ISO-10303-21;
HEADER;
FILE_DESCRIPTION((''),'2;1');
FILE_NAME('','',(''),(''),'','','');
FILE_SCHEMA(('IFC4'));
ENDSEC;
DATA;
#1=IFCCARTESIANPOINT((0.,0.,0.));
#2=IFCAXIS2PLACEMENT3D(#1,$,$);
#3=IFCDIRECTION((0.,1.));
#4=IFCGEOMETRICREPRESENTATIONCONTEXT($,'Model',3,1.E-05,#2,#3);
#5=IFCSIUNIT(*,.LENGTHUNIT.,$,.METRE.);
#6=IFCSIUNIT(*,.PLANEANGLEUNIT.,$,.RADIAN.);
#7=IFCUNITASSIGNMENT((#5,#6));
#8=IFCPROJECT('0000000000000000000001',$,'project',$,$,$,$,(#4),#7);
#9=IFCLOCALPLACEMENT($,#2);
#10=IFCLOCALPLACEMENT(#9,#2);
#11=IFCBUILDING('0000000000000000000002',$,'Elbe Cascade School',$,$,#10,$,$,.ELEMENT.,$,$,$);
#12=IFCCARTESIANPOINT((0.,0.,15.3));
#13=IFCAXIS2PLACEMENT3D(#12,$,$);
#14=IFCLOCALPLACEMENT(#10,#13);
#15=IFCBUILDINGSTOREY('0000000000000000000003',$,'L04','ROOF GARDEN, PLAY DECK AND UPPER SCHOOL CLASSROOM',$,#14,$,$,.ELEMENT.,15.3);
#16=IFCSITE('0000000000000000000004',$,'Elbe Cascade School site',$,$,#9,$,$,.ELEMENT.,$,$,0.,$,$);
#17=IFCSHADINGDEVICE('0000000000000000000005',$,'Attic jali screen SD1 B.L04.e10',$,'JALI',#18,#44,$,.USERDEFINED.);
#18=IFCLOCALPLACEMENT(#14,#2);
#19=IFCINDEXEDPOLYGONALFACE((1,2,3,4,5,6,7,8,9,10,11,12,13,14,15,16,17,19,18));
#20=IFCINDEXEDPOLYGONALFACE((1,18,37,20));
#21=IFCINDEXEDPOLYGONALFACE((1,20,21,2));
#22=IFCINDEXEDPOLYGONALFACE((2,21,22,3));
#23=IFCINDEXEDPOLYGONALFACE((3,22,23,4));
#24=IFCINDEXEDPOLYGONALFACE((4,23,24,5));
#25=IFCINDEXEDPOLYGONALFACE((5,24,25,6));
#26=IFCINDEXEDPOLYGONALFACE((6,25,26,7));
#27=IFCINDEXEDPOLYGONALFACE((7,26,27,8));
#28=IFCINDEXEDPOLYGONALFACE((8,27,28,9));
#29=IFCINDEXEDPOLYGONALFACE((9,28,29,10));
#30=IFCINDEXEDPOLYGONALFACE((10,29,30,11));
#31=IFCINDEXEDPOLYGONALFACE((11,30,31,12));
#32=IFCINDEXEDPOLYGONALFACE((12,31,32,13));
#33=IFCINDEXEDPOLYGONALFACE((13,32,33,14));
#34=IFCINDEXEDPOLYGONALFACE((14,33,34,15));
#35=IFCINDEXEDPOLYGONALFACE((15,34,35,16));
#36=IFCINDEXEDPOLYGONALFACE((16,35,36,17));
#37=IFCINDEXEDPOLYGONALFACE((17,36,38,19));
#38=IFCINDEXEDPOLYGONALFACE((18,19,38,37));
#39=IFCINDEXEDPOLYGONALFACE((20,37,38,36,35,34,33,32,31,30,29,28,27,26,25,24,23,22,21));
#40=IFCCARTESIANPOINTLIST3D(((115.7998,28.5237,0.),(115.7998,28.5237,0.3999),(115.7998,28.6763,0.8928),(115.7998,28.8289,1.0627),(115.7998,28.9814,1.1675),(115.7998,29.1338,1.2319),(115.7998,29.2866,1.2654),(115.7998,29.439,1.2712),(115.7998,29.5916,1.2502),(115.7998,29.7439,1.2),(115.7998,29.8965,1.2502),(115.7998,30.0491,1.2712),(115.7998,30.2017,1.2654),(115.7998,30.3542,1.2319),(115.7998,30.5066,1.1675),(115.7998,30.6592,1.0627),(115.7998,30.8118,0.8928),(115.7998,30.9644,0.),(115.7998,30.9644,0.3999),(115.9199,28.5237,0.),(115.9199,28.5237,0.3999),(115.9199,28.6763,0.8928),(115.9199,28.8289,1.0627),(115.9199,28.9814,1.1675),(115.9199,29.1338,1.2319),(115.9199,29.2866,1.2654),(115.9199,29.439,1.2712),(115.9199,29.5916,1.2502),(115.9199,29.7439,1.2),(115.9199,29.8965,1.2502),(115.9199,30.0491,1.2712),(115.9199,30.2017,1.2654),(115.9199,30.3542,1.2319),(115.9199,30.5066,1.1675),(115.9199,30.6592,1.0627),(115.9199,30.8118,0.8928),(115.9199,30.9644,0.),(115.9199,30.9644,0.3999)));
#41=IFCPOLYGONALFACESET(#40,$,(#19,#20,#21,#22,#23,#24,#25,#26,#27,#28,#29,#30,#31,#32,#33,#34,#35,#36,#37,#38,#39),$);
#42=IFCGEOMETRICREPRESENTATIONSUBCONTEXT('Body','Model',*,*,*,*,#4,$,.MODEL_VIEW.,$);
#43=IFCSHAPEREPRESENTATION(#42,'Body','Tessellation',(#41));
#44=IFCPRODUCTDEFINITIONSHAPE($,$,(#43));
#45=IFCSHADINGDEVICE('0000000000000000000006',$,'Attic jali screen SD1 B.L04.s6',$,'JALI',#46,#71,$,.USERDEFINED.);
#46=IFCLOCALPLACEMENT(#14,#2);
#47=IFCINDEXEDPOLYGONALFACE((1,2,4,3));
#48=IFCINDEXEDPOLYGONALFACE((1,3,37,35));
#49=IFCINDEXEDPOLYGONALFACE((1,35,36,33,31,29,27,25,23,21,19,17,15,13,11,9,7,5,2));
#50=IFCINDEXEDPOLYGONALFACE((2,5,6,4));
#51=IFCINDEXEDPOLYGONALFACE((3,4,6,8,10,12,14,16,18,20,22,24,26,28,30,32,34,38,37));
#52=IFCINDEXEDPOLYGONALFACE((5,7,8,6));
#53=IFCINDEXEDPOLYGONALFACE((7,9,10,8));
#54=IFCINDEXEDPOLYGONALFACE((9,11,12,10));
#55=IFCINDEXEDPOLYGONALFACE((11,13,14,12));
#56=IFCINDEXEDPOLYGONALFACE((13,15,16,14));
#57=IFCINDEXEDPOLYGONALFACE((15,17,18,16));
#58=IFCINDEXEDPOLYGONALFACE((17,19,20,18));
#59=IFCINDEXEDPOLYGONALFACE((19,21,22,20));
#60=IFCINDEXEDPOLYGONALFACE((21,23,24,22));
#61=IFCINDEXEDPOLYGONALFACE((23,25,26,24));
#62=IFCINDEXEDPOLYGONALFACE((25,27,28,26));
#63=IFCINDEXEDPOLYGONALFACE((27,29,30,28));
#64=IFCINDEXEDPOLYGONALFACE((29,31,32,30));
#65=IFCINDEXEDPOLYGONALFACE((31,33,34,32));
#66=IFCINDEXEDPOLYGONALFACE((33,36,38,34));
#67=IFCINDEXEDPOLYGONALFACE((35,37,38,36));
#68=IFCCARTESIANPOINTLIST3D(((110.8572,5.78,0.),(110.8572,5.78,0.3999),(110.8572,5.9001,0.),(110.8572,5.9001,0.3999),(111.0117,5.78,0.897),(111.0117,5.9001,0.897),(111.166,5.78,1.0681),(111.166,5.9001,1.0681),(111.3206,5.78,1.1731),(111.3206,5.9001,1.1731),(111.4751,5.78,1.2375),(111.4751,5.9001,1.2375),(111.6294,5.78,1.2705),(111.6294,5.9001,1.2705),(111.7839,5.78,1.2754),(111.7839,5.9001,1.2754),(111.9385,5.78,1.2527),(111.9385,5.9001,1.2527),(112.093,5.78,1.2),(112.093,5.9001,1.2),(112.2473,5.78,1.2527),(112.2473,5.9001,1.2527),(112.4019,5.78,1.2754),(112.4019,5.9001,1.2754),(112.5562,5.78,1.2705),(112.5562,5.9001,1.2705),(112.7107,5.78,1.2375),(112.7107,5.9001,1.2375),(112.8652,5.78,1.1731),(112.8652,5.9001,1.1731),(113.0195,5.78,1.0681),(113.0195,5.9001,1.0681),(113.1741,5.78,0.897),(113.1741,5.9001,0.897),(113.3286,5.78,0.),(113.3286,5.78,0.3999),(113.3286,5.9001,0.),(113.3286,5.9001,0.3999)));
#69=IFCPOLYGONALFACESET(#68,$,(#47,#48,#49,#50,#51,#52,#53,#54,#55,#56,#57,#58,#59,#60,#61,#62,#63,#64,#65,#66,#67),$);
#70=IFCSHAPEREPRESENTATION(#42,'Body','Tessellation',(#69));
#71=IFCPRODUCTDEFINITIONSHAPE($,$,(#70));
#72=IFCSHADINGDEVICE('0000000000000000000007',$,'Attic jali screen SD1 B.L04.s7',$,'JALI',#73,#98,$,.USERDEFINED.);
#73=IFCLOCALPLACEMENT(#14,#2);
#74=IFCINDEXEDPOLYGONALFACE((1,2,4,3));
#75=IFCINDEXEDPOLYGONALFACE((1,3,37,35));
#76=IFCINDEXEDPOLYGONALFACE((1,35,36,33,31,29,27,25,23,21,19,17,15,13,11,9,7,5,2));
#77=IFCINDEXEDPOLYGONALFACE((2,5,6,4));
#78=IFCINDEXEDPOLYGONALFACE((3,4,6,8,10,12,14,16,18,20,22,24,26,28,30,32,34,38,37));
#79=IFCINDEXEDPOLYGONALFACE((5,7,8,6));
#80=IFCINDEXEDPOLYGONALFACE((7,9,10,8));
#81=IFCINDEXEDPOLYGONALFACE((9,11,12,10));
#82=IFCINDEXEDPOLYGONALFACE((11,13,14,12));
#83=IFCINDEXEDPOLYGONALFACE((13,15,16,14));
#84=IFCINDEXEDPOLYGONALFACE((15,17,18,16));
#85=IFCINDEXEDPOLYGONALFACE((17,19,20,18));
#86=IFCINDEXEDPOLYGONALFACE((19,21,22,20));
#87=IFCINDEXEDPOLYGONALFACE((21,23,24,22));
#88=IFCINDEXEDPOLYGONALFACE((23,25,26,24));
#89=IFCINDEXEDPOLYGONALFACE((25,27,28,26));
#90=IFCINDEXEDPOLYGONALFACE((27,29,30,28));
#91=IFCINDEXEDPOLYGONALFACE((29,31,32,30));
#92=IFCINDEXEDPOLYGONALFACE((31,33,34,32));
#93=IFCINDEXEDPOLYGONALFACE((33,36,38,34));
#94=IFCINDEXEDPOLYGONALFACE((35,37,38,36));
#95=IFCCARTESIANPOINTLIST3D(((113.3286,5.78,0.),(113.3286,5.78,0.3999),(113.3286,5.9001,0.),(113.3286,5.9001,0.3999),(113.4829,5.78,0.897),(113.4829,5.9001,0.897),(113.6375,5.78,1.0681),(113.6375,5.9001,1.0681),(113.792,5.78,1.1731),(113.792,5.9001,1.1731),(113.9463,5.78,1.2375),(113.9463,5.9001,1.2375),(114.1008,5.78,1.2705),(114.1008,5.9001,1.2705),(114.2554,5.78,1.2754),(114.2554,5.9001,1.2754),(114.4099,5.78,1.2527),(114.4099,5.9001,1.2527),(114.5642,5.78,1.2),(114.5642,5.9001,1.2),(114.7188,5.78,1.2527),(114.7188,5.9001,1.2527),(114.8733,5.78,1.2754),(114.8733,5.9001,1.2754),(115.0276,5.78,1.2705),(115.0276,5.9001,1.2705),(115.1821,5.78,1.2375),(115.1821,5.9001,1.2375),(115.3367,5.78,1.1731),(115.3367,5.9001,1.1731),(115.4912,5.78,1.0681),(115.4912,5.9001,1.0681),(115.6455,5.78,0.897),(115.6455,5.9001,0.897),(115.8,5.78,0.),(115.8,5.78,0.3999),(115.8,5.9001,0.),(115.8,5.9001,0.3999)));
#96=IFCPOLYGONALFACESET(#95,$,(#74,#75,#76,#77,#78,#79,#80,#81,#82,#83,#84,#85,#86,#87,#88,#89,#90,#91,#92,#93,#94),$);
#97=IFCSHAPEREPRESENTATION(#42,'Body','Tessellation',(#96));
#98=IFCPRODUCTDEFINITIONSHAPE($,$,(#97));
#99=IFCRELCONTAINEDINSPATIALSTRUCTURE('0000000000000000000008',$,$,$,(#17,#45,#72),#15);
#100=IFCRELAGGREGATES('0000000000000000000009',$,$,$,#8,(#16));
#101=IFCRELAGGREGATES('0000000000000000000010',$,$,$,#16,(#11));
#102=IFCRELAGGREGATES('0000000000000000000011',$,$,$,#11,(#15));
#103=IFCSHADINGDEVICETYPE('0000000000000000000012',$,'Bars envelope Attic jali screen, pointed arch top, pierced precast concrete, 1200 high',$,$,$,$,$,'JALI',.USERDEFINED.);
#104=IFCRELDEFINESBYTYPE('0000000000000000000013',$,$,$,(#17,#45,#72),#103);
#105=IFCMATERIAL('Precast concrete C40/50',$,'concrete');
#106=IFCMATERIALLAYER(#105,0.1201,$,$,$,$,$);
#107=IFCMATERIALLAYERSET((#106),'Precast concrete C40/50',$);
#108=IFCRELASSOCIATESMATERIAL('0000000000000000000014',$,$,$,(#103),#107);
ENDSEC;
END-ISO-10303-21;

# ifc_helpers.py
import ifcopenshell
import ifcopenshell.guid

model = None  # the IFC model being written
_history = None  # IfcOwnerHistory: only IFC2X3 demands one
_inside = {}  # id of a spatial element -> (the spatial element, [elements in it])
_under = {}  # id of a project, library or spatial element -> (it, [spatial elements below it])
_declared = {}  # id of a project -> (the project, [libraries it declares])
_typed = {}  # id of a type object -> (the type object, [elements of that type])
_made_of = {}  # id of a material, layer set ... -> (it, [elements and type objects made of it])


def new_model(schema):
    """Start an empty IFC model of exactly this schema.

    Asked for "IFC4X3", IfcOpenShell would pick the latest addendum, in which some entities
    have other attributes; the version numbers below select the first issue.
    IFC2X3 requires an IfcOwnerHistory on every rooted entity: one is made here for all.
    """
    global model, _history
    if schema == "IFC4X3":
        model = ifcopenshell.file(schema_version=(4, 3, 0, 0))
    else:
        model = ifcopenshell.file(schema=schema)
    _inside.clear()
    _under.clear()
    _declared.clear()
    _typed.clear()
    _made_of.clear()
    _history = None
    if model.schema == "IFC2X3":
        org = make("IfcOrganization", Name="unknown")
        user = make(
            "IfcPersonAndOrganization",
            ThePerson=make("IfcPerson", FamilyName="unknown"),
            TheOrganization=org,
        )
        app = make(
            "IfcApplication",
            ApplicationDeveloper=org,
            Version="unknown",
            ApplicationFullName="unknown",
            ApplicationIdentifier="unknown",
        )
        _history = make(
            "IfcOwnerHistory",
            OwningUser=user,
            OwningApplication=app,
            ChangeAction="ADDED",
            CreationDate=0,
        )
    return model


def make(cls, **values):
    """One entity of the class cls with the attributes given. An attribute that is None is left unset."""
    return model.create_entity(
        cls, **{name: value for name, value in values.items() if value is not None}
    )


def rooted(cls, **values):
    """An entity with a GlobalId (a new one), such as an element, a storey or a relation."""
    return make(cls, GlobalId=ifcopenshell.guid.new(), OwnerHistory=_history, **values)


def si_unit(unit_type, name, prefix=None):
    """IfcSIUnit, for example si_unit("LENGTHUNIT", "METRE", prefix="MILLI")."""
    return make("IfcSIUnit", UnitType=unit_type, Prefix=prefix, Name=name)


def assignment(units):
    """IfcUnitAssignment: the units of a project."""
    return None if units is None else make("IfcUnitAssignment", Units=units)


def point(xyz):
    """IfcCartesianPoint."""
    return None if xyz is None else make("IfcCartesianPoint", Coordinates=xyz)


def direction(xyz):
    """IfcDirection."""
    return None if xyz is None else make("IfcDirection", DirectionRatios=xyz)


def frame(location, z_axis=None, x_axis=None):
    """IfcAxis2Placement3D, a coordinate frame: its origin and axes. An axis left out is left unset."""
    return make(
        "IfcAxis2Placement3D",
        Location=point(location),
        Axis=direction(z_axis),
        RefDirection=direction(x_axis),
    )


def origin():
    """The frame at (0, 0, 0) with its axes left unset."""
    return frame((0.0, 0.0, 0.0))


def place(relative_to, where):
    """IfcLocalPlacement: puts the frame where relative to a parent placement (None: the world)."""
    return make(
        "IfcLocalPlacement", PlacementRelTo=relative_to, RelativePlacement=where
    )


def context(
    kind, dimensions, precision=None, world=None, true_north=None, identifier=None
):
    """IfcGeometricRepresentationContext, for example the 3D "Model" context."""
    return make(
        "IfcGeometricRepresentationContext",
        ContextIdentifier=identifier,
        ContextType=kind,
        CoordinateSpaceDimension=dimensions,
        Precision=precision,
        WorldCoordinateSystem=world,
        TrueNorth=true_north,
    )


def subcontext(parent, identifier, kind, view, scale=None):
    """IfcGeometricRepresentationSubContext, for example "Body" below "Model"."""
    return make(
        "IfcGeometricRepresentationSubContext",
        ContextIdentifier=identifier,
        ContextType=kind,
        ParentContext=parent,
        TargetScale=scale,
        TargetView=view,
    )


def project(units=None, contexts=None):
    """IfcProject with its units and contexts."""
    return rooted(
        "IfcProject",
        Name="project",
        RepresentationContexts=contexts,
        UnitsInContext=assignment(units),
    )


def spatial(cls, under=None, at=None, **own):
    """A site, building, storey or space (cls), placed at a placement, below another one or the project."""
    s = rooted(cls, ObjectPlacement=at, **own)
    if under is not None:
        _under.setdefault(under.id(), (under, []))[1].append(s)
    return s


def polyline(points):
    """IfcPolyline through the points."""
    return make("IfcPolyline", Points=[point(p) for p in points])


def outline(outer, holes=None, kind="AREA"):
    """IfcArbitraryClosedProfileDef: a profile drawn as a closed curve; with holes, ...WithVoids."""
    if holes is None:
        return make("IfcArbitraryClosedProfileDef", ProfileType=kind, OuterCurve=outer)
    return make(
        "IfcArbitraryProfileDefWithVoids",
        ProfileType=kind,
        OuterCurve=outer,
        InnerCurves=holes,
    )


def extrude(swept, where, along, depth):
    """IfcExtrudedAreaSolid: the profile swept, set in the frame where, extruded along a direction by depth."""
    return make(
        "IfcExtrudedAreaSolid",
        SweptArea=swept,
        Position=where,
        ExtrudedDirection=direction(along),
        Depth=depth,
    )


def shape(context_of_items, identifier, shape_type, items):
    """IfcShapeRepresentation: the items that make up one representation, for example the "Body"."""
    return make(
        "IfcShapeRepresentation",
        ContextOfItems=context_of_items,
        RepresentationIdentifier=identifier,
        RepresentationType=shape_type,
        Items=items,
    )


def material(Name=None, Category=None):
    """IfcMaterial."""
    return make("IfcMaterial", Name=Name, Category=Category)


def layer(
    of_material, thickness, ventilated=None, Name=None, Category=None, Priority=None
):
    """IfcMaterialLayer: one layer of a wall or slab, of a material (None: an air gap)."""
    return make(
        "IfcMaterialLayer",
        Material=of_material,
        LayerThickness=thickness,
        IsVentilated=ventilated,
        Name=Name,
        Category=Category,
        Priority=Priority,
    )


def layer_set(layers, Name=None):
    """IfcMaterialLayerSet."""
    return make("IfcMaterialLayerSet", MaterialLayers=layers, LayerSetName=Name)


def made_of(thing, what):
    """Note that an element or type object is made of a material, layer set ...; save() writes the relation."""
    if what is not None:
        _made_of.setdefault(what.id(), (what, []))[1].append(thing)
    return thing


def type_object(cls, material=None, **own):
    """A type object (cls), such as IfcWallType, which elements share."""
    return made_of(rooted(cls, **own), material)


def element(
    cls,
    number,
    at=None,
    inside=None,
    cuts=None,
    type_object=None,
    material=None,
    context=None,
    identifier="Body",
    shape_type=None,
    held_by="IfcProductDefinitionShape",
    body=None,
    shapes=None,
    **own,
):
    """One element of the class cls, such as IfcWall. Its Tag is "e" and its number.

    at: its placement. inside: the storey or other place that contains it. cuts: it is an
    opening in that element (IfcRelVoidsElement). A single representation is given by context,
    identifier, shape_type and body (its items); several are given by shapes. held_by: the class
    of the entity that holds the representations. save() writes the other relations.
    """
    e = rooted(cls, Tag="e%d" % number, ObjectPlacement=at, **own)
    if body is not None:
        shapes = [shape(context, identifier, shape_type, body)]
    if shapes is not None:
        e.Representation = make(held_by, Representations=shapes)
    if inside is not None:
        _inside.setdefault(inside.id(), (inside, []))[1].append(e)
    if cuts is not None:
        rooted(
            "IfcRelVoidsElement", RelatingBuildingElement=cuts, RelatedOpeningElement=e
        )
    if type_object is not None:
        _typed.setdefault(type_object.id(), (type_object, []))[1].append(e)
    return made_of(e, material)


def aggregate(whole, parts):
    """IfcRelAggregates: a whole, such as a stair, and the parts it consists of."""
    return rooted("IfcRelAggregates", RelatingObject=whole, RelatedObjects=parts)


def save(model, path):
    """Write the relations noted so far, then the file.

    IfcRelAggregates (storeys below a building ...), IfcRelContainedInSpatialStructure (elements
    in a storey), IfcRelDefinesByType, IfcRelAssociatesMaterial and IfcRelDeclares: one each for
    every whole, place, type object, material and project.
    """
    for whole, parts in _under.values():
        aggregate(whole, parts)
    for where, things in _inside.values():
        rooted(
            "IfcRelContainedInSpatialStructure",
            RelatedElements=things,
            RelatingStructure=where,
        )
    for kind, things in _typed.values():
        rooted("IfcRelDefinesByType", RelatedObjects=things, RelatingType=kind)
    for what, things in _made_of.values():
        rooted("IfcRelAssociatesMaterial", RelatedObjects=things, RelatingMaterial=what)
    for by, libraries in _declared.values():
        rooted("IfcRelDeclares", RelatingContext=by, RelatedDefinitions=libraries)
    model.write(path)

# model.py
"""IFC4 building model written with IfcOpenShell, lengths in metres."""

from ifc_helpers import new_model, si_unit, direction, frame, origin, place, context, subcontext, project, spatial, polyline, outline, extrude, material, layer, layer_set, type_object, element, save


model = new_model("IFC4")

# Units and contexts
model_context = context("Model", 3, precision=1e-05, world=origin(), true_north=direction((0.0, 1.0)))
body_context = subcontext(model_context, "Body", "Model", "MODEL_VIEW")
ifc_project = project(units=[si_unit("LENGTHUNIT", "METRE"), si_unit("PLANEANGLEUNIT", "RADIAN")], contexts=[model_context])

# Site, building, storey
site_placement = place(None, origin())
site = spatial("IfcSite", under=ifc_project, at=site_placement, Name="Elbe Cascade School site", CompositionType="ELEMENT", RefElevation=0.0)
building_placement = place(site_placement, origin())
building = spatial("IfcBuilding", under=site, at=building_placement, Name="Elbe Cascade School", CompositionType="ELEMENT")
storey_placement = place(building_placement, frame((0.0, 0.0, 15.3)))
storey = spatial("IfcBuildingStorey", under=building, at=storey_placement, Name="L04", Description="ROOF GARDEN, PLAY DECK AND UPPER SCHOOL CLASSROOM", CompositionType="ELEMENT", Elevation=15.3)

# Shading devices
ifc_material_1 = material(Name="Precast concrete C40/50", Category="concrete")
ifc_layer_1 = layer(ifc_material_1, 0.1201)
ifc_layer_set_1 = layer_set([ifc_layer_1], Name="Precast concrete C40/50")
shading_device_type = type_object("IfcShadingDeviceType", Name="Bars envelope Attic jali screen, pointed arch top, pierced precast concrete, 1200 high", ElementType="JALI", PredefinedType="USERDEFINED", material=ifc_layer_set_1)
shading_device_1_placement = place(storey_placement, frame((115.9199, 28.5237, 0.0), z_axis=(1.0, 0.0, 0.0), x_axis=(0.0, 1.0, 0.0)))
element("IfcShadingDevice", 1, at=shading_device_1_placement, inside=storey, type_object=shading_device_type, Name="Attic jali screen SD1 B.L04.e10", ObjectType="JALI", PredefinedType="USERDEFINED", context=body_context, shape_type="SweptSolid", body=[
    extrude(outline(polyline([(0.0, 0.0), (2.4407, 0.0), (2.4407, 0.3999), (2.2881, 0.8928), (2.1355, 1.0627), (1.9829, 1.1675), (1.8306, 1.2319), (1.678, 1.2654), (1.5254, 1.2712), (1.3728, 1.2502), (1.2202, 1.2), (1.0679, 1.2502), (0.9153, 1.2712), (0.7629, 1.2654), (0.6101, 1.2319), (0.4578, 1.1675), (0.3052, 1.0627), (0.1526, 0.8928), (0.0, 0.3999), (0.0, 0.0)])), origin(), (0.0, 0.0, -1.0), 0.1201),
])
shading_device_2_placement = place(storey_placement, frame((110.8572, 5.78, 0.0), z_axis=(0.0, -1.0, 0.0), x_axis=(1.0, 0.0, 0.0)))
element("IfcShadingDevice", 2, at=shading_device_2_placement, inside=storey, type_object=shading_device_type, Name="Attic jali screen SD1 B.L04.s6", ObjectType="JALI", PredefinedType="USERDEFINED", context=body_context, shape_type="SweptSolid", body=[
    extrude(outline(polyline([(0.0, 0.0), (2.4714, 0.0), (2.4714, 0.3999), (2.3169, 0.897), (2.1624, 1.0681), (2.0081, 1.1731), (1.8535, 1.2375), (1.699, 1.2705), (1.5447, 1.2754), (1.3901, 1.2527), (1.2358, 1.2), (1.0813, 1.2527), (0.9268, 1.2754), (0.7722, 1.2705), (0.6179, 1.2375), (0.4634, 1.1731), (0.3088, 1.0681), (0.1545, 0.897), (0.0, 0.3999), (0.0, 0.0)])), origin(), (0.0, 0.0, -1.0), 0.1201),
])
shading_device_3_placement = place(storey_placement, frame((113.3286, 5.78, 0.0), z_axis=(0.0, -1.0, 0.0), x_axis=(1.0, 0.0, 0.0)))
element("IfcShadingDevice", 3, at=shading_device_3_placement, inside=storey, type_object=shading_device_type, Name="Attic jali screen SD1 B.L04.s7", ObjectType="JALI", PredefinedType="USERDEFINED", context=body_context, shape_type="SweptSolid", body=[
    extrude(outline(polyline([(0.0, 0.0), (2.4714, 0.0), (2.4714, 0.3999), (2.3169, 0.897), (2.1626, 1.0681), (2.0081, 1.1731), (1.8535, 1.2375), (1.699, 1.2705), (1.5447, 1.2754), (1.3901, 1.2527), (1.2356, 1.2), (1.0813, 1.2527), (0.9268, 1.2754), (0.7722, 1.2705), (0.6177, 1.2375), (0.4634, 1.1731), (0.3088, 1.0681), (0.1543, 0.897), (0.0, 0.3999), (0.0, 0.0)])), origin(), (0.0, 0.0, -1.0), 0.1201),
])

save(model, "model.ifc")
